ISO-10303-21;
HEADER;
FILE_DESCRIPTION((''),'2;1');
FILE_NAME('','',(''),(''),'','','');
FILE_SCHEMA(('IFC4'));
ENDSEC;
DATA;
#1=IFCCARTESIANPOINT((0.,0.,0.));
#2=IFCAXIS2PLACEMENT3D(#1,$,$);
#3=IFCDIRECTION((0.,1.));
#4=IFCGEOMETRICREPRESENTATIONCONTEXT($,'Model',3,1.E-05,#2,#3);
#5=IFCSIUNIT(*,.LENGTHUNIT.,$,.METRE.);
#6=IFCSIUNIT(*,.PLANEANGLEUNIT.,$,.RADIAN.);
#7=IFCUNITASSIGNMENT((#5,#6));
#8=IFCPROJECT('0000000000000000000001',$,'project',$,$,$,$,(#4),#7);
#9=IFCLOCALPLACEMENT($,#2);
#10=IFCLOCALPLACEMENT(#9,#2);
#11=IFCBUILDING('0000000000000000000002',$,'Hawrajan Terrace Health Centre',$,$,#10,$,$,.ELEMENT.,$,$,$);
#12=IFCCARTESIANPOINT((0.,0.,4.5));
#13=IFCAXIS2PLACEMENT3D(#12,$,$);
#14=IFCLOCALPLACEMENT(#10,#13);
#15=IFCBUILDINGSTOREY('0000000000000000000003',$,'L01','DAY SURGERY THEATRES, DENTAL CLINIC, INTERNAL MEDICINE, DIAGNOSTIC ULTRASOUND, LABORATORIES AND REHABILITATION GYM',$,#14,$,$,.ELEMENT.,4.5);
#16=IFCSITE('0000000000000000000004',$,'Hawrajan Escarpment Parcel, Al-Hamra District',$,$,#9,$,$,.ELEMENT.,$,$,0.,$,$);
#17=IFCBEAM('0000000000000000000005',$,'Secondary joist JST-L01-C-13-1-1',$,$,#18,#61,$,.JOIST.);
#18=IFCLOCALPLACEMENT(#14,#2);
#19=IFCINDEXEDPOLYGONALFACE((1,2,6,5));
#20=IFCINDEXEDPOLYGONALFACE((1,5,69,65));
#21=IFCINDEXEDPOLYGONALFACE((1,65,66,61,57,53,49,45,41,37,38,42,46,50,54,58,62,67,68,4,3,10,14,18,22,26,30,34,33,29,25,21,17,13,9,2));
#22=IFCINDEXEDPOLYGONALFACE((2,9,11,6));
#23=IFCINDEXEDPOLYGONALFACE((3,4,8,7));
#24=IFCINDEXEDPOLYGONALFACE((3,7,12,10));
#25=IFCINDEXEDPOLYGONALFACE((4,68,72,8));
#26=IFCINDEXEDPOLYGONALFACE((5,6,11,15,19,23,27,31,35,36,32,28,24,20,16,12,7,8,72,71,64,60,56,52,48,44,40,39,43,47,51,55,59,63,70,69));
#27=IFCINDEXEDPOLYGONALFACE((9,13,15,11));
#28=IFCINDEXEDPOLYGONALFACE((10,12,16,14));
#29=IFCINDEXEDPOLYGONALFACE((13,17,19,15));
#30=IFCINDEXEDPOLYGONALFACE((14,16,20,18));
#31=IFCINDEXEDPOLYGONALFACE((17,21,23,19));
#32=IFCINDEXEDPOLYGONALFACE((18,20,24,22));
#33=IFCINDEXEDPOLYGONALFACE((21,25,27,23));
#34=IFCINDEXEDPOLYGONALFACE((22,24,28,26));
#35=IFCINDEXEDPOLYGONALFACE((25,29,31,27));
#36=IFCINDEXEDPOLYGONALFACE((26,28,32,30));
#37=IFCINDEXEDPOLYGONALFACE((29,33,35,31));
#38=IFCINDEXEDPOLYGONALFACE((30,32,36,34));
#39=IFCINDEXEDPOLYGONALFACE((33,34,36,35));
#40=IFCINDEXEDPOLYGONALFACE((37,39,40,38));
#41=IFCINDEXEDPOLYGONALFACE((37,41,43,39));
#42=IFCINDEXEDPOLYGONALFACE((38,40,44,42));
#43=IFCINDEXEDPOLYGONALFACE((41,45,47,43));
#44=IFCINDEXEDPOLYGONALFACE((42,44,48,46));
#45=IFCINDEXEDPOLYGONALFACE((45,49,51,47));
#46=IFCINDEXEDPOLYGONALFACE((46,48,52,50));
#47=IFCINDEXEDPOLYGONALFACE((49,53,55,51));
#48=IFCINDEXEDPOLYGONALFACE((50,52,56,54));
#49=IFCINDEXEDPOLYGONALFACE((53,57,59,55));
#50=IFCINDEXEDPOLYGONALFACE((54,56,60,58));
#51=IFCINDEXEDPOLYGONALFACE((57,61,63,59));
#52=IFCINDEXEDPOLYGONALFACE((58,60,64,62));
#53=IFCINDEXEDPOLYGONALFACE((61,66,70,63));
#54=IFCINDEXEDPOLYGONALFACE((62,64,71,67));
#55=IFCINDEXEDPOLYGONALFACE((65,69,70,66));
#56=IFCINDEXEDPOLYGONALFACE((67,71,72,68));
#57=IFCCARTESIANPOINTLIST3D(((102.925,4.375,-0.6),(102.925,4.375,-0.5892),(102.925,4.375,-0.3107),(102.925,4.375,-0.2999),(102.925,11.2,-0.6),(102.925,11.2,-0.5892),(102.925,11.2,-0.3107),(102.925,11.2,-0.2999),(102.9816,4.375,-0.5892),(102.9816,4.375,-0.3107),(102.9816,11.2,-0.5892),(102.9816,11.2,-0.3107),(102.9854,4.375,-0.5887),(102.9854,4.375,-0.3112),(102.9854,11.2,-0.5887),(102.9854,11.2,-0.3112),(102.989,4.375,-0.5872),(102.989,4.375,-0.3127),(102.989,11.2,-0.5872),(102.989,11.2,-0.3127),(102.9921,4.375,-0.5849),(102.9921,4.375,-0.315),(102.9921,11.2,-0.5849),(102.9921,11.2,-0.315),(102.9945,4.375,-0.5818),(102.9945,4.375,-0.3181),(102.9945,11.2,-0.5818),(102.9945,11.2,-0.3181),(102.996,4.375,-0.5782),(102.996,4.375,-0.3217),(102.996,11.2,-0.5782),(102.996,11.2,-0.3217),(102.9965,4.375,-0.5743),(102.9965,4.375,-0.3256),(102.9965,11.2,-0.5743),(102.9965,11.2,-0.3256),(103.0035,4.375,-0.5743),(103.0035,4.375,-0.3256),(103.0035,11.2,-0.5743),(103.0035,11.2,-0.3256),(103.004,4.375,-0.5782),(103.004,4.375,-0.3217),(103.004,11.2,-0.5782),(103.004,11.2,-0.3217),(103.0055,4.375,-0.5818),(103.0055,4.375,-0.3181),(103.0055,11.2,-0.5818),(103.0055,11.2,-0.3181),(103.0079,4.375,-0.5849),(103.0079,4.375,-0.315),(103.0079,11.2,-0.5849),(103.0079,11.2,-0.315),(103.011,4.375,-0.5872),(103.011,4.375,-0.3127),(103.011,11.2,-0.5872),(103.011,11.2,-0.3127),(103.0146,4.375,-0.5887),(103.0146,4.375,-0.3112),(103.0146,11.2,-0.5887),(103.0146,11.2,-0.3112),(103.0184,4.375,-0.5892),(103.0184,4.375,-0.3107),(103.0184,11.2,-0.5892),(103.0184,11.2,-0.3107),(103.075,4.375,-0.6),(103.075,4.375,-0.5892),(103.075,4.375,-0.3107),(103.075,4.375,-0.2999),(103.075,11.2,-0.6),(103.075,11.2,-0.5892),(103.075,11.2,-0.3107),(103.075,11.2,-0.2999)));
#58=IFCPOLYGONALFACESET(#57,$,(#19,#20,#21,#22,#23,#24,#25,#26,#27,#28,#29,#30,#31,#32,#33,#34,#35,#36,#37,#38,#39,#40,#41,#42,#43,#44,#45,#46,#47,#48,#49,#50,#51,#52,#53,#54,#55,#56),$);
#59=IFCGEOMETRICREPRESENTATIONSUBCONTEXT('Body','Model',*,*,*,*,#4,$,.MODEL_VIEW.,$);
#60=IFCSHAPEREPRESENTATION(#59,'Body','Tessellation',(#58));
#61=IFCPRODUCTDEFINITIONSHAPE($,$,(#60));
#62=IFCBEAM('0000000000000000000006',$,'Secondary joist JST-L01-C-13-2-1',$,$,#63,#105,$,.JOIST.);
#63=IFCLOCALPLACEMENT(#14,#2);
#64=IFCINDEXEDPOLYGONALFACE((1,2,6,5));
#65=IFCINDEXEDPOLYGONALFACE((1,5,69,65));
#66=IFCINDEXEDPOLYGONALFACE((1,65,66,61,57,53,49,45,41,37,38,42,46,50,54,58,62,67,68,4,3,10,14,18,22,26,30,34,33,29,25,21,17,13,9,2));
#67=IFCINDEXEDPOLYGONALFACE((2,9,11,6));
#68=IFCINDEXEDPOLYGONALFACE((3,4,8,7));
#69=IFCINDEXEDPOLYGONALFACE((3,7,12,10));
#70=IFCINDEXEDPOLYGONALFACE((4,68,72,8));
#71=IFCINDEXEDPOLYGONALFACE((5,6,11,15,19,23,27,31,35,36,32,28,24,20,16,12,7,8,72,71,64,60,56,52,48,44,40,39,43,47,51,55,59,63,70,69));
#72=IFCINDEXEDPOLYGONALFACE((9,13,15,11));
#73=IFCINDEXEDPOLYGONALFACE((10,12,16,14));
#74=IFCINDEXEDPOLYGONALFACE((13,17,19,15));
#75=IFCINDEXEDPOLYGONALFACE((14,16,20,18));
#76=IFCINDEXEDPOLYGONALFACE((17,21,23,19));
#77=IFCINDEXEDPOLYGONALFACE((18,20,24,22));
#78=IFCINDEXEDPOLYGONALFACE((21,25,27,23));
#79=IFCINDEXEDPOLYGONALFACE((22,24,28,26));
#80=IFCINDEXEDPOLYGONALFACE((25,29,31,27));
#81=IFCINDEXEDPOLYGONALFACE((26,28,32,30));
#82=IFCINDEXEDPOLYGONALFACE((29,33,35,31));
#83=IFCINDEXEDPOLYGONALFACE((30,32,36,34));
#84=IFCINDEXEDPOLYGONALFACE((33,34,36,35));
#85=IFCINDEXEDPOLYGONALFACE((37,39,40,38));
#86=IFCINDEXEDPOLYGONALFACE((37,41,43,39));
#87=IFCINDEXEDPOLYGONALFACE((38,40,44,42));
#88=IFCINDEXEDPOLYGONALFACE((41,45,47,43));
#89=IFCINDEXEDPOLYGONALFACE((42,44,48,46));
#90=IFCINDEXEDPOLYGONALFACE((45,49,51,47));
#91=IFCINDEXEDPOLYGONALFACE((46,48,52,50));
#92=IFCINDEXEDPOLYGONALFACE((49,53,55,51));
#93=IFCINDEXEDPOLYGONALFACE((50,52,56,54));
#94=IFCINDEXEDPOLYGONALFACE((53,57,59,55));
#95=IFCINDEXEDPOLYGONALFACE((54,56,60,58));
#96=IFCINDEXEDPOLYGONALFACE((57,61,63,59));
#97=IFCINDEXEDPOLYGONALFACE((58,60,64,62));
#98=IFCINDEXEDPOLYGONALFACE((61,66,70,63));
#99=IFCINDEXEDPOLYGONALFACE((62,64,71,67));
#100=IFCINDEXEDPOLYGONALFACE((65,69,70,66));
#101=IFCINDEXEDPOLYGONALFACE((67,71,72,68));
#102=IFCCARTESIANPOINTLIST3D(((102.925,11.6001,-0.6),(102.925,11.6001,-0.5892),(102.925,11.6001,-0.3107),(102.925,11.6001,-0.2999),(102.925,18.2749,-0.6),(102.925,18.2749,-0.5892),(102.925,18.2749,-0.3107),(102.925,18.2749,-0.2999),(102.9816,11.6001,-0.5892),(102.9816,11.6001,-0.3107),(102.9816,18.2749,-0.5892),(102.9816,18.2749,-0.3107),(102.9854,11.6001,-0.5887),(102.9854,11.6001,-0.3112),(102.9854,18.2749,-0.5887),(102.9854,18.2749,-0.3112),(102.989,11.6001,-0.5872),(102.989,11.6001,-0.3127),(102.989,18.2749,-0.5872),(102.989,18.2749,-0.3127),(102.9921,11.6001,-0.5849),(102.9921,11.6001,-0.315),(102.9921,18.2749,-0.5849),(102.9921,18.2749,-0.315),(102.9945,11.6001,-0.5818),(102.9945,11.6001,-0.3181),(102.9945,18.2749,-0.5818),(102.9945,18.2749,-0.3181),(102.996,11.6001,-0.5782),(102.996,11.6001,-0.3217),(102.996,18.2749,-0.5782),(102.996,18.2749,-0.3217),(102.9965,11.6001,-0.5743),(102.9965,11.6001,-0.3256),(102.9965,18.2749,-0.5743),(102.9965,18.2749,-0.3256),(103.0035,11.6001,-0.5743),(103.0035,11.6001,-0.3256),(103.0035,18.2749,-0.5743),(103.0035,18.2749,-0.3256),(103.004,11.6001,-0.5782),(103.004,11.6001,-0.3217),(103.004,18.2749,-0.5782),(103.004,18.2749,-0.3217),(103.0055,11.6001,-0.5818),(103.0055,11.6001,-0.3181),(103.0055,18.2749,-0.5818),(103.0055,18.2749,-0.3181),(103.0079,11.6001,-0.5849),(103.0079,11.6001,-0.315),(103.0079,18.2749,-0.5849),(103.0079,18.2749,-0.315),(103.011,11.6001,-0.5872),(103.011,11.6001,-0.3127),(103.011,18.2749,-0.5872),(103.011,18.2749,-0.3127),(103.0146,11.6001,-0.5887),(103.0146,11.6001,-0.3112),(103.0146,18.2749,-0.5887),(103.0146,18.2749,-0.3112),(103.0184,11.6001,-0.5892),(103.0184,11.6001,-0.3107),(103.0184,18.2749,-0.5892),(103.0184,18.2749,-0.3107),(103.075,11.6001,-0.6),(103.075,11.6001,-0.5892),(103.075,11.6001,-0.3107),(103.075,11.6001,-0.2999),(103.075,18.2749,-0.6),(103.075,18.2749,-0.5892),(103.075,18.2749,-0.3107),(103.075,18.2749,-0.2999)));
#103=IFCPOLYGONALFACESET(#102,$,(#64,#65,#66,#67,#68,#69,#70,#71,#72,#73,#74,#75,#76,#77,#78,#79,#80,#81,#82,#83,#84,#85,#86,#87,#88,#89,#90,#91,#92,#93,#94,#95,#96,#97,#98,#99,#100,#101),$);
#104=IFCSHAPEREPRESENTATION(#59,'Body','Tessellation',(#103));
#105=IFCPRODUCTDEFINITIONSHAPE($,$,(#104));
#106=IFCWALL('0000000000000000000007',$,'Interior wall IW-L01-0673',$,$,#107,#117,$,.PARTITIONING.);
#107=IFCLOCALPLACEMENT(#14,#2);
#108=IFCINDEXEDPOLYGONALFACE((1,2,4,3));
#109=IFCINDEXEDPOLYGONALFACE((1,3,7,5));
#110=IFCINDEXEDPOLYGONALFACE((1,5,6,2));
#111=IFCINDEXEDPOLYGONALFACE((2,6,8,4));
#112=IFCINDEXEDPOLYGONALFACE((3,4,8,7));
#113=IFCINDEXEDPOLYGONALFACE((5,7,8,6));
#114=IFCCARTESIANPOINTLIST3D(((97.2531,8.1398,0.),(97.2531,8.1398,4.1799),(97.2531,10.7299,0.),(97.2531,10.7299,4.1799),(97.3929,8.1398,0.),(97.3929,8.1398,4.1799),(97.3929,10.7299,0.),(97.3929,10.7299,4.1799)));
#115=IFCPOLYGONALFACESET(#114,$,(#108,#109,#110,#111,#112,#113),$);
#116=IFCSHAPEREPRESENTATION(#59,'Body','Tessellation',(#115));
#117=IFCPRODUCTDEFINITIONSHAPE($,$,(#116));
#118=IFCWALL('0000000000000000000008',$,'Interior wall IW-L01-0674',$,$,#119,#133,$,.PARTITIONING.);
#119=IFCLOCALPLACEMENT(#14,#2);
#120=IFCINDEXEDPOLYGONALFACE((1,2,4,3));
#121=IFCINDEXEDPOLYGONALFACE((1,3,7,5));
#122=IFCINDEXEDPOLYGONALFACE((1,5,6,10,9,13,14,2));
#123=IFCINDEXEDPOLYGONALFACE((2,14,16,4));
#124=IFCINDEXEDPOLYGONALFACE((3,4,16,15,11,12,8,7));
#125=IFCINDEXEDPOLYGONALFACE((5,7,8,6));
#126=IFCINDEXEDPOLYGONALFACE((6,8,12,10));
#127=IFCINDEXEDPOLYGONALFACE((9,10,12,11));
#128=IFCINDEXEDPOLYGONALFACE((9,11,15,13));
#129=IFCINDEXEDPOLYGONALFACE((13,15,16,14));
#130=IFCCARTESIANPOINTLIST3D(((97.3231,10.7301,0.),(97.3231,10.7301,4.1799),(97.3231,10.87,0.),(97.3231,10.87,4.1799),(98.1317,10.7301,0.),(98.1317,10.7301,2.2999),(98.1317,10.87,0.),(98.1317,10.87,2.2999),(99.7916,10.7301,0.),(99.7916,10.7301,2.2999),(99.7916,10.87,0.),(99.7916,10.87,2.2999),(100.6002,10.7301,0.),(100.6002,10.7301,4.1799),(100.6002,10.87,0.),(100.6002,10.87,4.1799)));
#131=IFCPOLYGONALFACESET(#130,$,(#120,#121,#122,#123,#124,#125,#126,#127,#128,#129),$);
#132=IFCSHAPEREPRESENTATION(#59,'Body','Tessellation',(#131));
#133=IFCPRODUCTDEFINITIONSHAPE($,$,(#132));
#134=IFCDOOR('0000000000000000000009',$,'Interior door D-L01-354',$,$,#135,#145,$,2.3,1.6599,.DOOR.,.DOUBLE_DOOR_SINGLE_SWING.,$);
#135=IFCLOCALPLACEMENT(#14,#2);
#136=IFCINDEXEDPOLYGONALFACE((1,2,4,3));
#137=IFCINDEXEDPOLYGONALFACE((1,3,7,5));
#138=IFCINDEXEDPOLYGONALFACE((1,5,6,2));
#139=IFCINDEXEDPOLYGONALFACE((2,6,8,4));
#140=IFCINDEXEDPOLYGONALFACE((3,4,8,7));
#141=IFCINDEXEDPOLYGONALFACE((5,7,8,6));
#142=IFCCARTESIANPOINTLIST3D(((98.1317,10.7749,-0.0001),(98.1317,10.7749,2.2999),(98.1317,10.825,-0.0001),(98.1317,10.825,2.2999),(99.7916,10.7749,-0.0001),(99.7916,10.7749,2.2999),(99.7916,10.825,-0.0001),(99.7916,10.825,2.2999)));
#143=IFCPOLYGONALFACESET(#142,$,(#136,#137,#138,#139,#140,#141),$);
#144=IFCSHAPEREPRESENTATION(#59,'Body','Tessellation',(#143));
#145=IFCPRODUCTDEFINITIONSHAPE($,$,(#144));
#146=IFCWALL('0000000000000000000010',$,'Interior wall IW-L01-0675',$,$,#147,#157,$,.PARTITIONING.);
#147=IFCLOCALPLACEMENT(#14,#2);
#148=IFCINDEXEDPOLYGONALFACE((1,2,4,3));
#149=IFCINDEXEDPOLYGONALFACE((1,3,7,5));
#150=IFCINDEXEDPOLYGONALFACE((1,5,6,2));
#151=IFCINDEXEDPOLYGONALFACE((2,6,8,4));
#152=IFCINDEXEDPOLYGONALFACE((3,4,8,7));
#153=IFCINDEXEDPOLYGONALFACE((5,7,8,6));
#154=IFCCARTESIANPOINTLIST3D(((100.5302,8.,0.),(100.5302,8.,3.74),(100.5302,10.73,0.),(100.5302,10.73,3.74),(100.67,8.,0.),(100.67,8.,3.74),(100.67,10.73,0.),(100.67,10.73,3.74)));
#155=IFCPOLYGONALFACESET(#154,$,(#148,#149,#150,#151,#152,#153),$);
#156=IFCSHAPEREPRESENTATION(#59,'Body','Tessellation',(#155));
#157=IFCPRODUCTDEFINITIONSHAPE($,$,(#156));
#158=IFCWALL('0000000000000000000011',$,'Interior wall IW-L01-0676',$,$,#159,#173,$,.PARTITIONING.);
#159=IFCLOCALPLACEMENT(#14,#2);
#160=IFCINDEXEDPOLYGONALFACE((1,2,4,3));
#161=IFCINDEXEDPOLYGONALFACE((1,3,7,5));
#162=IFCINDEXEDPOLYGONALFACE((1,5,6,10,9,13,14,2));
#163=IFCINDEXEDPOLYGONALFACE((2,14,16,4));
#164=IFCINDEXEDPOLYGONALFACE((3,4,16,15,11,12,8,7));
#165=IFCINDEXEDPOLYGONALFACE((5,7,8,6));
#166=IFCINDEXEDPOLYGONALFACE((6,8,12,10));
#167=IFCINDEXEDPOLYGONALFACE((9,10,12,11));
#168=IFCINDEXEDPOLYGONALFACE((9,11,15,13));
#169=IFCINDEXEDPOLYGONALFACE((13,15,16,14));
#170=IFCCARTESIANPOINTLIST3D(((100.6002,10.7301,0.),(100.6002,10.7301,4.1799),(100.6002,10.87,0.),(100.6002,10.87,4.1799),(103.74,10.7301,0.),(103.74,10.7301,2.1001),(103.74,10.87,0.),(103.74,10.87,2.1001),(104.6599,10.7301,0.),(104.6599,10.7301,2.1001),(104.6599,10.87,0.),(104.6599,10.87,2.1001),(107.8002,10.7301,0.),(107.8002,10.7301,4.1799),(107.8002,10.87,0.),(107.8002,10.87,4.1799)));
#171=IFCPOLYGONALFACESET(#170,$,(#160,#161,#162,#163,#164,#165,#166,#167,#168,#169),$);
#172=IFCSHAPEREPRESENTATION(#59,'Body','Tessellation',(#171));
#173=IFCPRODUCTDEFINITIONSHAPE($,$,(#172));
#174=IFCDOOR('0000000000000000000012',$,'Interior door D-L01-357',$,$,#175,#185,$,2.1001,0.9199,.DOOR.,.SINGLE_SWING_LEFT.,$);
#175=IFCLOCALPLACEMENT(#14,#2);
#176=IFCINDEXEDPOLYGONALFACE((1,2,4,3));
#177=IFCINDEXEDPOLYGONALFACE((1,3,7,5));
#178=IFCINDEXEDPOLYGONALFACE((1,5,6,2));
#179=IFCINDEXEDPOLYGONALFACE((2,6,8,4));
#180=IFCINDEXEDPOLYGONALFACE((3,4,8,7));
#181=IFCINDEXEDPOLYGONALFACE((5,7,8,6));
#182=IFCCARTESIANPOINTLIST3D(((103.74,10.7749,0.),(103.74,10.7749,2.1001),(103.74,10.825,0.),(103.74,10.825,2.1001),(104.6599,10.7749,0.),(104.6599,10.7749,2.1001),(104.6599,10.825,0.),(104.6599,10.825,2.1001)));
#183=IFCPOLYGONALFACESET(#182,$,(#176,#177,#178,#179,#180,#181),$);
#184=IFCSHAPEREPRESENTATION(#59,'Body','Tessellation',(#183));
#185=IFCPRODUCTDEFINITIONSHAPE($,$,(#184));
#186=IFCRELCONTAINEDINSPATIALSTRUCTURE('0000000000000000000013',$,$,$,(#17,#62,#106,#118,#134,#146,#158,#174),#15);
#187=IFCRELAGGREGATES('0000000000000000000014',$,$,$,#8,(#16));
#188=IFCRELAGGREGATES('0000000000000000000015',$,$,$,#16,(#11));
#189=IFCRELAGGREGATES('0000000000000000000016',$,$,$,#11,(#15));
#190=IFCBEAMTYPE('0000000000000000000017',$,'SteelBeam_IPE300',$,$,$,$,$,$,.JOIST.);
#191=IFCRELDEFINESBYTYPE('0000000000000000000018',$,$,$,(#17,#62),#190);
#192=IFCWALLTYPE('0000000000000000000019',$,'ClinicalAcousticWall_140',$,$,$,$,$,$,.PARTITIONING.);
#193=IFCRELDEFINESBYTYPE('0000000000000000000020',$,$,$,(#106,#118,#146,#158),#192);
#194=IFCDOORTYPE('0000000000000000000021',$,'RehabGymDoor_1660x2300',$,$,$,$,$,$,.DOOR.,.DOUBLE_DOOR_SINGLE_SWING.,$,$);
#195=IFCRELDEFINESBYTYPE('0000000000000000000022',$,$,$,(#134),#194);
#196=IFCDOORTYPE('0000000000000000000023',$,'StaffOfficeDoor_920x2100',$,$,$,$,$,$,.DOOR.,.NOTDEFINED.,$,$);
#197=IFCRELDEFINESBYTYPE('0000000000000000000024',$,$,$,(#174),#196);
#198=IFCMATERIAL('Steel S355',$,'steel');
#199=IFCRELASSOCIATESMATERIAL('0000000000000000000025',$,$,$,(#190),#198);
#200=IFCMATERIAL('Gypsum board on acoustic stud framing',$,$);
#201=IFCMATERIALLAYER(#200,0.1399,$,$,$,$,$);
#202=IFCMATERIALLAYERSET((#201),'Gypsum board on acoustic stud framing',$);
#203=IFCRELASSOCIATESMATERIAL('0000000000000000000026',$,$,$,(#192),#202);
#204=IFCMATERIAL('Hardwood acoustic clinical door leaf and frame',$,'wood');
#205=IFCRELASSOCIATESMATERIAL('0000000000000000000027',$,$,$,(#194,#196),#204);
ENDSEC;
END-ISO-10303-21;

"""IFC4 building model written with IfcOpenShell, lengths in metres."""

from ifc_helpers import new_model, si_unit, direction, frame, frame_2d, origin, origin_2d, place, context, subcontext, project, spatial, rectangle, i_section, extrude, material, layer, layer_set, material_profile, profile_set, type_object, element, fill, save


model = new_model("IFC4")

# Units and contexts
model_context = context("Model", 3, precision=1e-05, world=origin(), true_north=direction((0.0, 1.0)))
body_context = subcontext(model_context, "Body", "Model", "MODEL_VIEW")
ifc_project = project(units=[si_unit("LENGTHUNIT", "METRE"), si_unit("PLANEANGLEUNIT", "RADIAN")], contexts=[model_context])

# Site, building, storey
site_placement = place(None, origin())
site = spatial("IfcSite", under=ifc_project, at=site_placement, Name="Hawrajan Escarpment Parcel, Al-Hamra District", CompositionType="ELEMENT", RefElevation=0.0)
building_placement = place(site_placement, origin())
building = spatial("IfcBuilding", under=site, at=building_placement, Name="Hawrajan Terrace Health Centre", CompositionType="ELEMENT")
storey_placement = place(building_placement, frame((0.0, 0.0, 4.5)))
storey = spatial("IfcBuildingStorey", under=building, at=storey_placement, Name="L01", Description="DAY SURGERY THEATRES, DENTAL CLINIC, INTERNAL MEDICINE, DIAGNOSTIC ULTRASOUND, LABORATORIES AND REHABILITATION GYM", CompositionType="ELEMENT", Elevation=4.5)

# Beams
ifc_material_1 = material(Name="Steel S355", Category="steel")
ifc_material_profile_1 = material_profile(ifc_material_1, i_section(OverallWidth=0.1499, OverallDepth=0.3, WebThickness=0.0071, FlangeThickness=0.0107, FilletRadius=0.0149, at=origin_2d()), Name="IPE 300")
ifc_profile_set_1 = profile_set([ifc_material_profile_1], Name="Steel S355")
beam_type_1 = type_object("IfcBeamType", Name="SteelBeam_IPE300", PredefinedType="JOIST", material=ifc_profile_set_1)
beam_1_placement = place(storey_placement, frame((103.0, 4.375, -0.45), z_axis=(0.0, 1.0, 0.0), x_axis=(-1.0, 0.0, 0.0)))
element("IfcBeam", 1, at=beam_1_placement, inside=storey, type_object=beam_type_1, Name="Secondary joist JST-L01-C-13-1-1", PredefinedType="JOIST", context=body_context, shape_type="SweptSolid", body=[
    extrude(i_section(OverallWidth=0.1499, OverallDepth=0.3, WebThickness=0.0071, FlangeThickness=0.0107, FilletRadius=0.0149, at=origin_2d()), origin(), (0.0, 0.0, 1.0), 6.825),
])
beam_2_placement = place(storey_placement, frame((103.0, 11.6001, -0.45), z_axis=(0.0, 1.0, 0.0), x_axis=(-1.0, 0.0, 0.0)))
element("IfcBeam", 2, at=beam_2_placement, inside=storey, type_object=beam_type_1, Name="Secondary joist JST-L01-C-13-2-1", PredefinedType="JOIST", context=body_context, shape_type="SweptSolid", body=[
    extrude(i_section(OverallWidth=0.1499, OverallDepth=0.3, WebThickness=0.0071, FlangeThickness=0.0107, FilletRadius=0.0149, at=origin_2d()), origin(), (0.0, 0.0, 1.0), 6.6748),
])

# Wall
ifc_material_2 = material(Name="Gypsum board on acoustic stud framing")
ifc_layer_1 = layer(ifc_material_2, 0.1399)
ifc_layer_set_1 = layer_set([ifc_layer_1], Name="Gypsum board on acoustic stud framing")
wall_type_1 = type_object("IfcWallType", Name="ClinicalAcousticWall_140", PredefinedType="PARTITIONING", material=ifc_layer_set_1)
wall_1_placement = place(storey_placement, frame((97.323, 8.1399, 0.0), z_axis=(0.0, 0.0, 1.0), x_axis=(0.0, 1.0, 0.0)))
element("IfcWall", 3, at=wall_1_placement, inside=storey, type_object=wall_type_1, Name="Interior wall IW-L01-0673", PredefinedType="PARTITIONING", context=body_context, shape_type="SweptSolid", body=[
    extrude(rectangle(XDim=2.5901, YDim=0.1399, at=frame_2d((1.2949, 0.0))), origin(), (0.0, 0.0, 1.0), 4.1799),
])

# Wall, opening, door
wall_2_placement = place(storey_placement, frame((97.323, 10.8, 0.0), z_axis=(0.0, 0.0, 1.0), x_axis=(1.0, 0.0, 0.0)))
wall_2 = element("IfcWall", 4, at=wall_2_placement, inside=storey, type_object=wall_type_1, Name="Interior wall IW-L01-0674", PredefinedType="PARTITIONING", context=body_context, shape_type="SweptSolid", body=[
    extrude(rectangle(XDim=3.2771, YDim=0.1399, at=frame_2d((1.6387, 0.0))), origin(), (0.0, 0.0, 1.0), 4.1799),
])
opening_1_placement = place(wall_2_placement, frame((0.8086, 0.0, 0.0)))
opening_1 = element("IfcOpeningElement", 5, at=opening_1_placement, cuts=wall_2, PredefinedType="OPENING", context=body_context, shape_type="SweptSolid", body=[
    extrude(rectangle(XDim=1.6599, YDim=2.3, at=frame_2d((0.8301, 1.1499))), frame((0.0, 0.0798, 0.0), z_axis=(0.0, -1.0, 0.0), x_axis=(1.0, 0.0, 0.0)), (0.0, 0.0, 1.0), 0.1599),
])
ifc_material_3 = material(Name="Hardwood acoustic clinical door leaf and frame", Category="wood")
door_type_1 = type_object("IfcDoorType", Name="RehabGymDoor_1660x2300", OperationType="DOUBLE_DOOR_SINGLE_SWING", PredefinedType="DOOR", material=ifc_material_3)
door_1_placement = place(opening_1_placement, origin())
door_1 = element("IfcDoor", 6, at=door_1_placement, inside=storey, type_object=door_type_1, Name="Interior door D-L01-354", OperationType="DOUBLE_DOOR_SINGLE_SWING", OverallHeight=2.3, OverallWidth=1.6599, PredefinedType="DOOR", context=body_context, shape_type="SweptSolid", body=[
    extrude(rectangle(XDim=1.6599, YDim=2.3, at=frame_2d((0.8301, 1.1499))), frame((0.0, 0.0249, 0.0), z_axis=(0.0, -1.0, 0.0), x_axis=(1.0, 0.0, 0.0)), (0.0, 0.0, 1.0), 0.05),
])
fill(opening_1, door_1)

# Wall
wall_3_placement = place(storey_placement, frame((100.6001, 8.0, 0.0), z_axis=(0.0, 0.0, 1.0), x_axis=(0.0, 1.0, 0.0)))
element("IfcWall", 7, at=wall_3_placement, inside=storey, type_object=wall_type_1, Name="Interior wall IW-L01-0675", PredefinedType="PARTITIONING", context=body_context, shape_type="SweptSolid", body=[
    extrude(rectangle(XDim=2.73, YDim=0.1399, at=frame_2d((1.365, 0.0))), origin(), (0.0, 0.0, 1.0), 3.74),
])

# Wall, opening, door
wall_4_placement = place(storey_placement, frame((100.6001, 10.8, 0.0), z_axis=(0.0, 0.0, 1.0), x_axis=(1.0, 0.0, 0.0)))
wall_4 = element("IfcWall", 8, at=wall_4_placement, inside=storey, type_object=wall_type_1, Name="Interior wall IW-L01-0676", PredefinedType="PARTITIONING", context=body_context, shape_type="SweptSolid", body=[
    extrude(rectangle(XDim=7.2, YDim=0.1399, at=frame_2d((3.6001, 0.0))), origin(), (0.0, 0.0, 1.0), 4.1799),
])
opening_2_placement = place(wall_4_placement, frame((3.1399, 0.0, 0.0)))
opening_2 = element("IfcOpeningElement", 9, at=opening_2_placement, cuts=wall_4, PredefinedType="OPENING", context=body_context, shape_type="SweptSolid", body=[
    extrude(rectangle(XDim=0.9199, YDim=2.1001, at=frame_2d((0.46, 1.05))), frame((0.0, 0.0798, 0.0), z_axis=(0.0, -1.0, 0.0), x_axis=(1.0, 0.0, 0.0)), (0.0, 0.0, 1.0), 0.1599),
])
door_type_2 = type_object("IfcDoorType", Name="StaffOfficeDoor_920x2100", OperationType="NOTDEFINED", PredefinedType="DOOR", material=ifc_material_3)
door_2_placement = place(opening_2_placement, origin())
door_2 = element("IfcDoor", 10, at=door_2_placement, inside=storey, type_object=door_type_2, Name="Interior door D-L01-357", OperationType="SINGLE_SWING_LEFT", OverallHeight=2.1001, OverallWidth=0.9199, PredefinedType="DOOR", context=body_context, shape_type="SweptSolid", body=[
    extrude(rectangle(XDim=0.9199, YDim=2.1001, at=frame_2d((0.46, 1.05))), frame((0.0, 0.0249, 0.0), z_axis=(0.0, -1.0, 0.0), x_axis=(1.0, 0.0, 0.0)), (0.0, 0.0, 1.0), 0.05),
])
fill(opening_2, door_2)

save(model, "model.ifc")
